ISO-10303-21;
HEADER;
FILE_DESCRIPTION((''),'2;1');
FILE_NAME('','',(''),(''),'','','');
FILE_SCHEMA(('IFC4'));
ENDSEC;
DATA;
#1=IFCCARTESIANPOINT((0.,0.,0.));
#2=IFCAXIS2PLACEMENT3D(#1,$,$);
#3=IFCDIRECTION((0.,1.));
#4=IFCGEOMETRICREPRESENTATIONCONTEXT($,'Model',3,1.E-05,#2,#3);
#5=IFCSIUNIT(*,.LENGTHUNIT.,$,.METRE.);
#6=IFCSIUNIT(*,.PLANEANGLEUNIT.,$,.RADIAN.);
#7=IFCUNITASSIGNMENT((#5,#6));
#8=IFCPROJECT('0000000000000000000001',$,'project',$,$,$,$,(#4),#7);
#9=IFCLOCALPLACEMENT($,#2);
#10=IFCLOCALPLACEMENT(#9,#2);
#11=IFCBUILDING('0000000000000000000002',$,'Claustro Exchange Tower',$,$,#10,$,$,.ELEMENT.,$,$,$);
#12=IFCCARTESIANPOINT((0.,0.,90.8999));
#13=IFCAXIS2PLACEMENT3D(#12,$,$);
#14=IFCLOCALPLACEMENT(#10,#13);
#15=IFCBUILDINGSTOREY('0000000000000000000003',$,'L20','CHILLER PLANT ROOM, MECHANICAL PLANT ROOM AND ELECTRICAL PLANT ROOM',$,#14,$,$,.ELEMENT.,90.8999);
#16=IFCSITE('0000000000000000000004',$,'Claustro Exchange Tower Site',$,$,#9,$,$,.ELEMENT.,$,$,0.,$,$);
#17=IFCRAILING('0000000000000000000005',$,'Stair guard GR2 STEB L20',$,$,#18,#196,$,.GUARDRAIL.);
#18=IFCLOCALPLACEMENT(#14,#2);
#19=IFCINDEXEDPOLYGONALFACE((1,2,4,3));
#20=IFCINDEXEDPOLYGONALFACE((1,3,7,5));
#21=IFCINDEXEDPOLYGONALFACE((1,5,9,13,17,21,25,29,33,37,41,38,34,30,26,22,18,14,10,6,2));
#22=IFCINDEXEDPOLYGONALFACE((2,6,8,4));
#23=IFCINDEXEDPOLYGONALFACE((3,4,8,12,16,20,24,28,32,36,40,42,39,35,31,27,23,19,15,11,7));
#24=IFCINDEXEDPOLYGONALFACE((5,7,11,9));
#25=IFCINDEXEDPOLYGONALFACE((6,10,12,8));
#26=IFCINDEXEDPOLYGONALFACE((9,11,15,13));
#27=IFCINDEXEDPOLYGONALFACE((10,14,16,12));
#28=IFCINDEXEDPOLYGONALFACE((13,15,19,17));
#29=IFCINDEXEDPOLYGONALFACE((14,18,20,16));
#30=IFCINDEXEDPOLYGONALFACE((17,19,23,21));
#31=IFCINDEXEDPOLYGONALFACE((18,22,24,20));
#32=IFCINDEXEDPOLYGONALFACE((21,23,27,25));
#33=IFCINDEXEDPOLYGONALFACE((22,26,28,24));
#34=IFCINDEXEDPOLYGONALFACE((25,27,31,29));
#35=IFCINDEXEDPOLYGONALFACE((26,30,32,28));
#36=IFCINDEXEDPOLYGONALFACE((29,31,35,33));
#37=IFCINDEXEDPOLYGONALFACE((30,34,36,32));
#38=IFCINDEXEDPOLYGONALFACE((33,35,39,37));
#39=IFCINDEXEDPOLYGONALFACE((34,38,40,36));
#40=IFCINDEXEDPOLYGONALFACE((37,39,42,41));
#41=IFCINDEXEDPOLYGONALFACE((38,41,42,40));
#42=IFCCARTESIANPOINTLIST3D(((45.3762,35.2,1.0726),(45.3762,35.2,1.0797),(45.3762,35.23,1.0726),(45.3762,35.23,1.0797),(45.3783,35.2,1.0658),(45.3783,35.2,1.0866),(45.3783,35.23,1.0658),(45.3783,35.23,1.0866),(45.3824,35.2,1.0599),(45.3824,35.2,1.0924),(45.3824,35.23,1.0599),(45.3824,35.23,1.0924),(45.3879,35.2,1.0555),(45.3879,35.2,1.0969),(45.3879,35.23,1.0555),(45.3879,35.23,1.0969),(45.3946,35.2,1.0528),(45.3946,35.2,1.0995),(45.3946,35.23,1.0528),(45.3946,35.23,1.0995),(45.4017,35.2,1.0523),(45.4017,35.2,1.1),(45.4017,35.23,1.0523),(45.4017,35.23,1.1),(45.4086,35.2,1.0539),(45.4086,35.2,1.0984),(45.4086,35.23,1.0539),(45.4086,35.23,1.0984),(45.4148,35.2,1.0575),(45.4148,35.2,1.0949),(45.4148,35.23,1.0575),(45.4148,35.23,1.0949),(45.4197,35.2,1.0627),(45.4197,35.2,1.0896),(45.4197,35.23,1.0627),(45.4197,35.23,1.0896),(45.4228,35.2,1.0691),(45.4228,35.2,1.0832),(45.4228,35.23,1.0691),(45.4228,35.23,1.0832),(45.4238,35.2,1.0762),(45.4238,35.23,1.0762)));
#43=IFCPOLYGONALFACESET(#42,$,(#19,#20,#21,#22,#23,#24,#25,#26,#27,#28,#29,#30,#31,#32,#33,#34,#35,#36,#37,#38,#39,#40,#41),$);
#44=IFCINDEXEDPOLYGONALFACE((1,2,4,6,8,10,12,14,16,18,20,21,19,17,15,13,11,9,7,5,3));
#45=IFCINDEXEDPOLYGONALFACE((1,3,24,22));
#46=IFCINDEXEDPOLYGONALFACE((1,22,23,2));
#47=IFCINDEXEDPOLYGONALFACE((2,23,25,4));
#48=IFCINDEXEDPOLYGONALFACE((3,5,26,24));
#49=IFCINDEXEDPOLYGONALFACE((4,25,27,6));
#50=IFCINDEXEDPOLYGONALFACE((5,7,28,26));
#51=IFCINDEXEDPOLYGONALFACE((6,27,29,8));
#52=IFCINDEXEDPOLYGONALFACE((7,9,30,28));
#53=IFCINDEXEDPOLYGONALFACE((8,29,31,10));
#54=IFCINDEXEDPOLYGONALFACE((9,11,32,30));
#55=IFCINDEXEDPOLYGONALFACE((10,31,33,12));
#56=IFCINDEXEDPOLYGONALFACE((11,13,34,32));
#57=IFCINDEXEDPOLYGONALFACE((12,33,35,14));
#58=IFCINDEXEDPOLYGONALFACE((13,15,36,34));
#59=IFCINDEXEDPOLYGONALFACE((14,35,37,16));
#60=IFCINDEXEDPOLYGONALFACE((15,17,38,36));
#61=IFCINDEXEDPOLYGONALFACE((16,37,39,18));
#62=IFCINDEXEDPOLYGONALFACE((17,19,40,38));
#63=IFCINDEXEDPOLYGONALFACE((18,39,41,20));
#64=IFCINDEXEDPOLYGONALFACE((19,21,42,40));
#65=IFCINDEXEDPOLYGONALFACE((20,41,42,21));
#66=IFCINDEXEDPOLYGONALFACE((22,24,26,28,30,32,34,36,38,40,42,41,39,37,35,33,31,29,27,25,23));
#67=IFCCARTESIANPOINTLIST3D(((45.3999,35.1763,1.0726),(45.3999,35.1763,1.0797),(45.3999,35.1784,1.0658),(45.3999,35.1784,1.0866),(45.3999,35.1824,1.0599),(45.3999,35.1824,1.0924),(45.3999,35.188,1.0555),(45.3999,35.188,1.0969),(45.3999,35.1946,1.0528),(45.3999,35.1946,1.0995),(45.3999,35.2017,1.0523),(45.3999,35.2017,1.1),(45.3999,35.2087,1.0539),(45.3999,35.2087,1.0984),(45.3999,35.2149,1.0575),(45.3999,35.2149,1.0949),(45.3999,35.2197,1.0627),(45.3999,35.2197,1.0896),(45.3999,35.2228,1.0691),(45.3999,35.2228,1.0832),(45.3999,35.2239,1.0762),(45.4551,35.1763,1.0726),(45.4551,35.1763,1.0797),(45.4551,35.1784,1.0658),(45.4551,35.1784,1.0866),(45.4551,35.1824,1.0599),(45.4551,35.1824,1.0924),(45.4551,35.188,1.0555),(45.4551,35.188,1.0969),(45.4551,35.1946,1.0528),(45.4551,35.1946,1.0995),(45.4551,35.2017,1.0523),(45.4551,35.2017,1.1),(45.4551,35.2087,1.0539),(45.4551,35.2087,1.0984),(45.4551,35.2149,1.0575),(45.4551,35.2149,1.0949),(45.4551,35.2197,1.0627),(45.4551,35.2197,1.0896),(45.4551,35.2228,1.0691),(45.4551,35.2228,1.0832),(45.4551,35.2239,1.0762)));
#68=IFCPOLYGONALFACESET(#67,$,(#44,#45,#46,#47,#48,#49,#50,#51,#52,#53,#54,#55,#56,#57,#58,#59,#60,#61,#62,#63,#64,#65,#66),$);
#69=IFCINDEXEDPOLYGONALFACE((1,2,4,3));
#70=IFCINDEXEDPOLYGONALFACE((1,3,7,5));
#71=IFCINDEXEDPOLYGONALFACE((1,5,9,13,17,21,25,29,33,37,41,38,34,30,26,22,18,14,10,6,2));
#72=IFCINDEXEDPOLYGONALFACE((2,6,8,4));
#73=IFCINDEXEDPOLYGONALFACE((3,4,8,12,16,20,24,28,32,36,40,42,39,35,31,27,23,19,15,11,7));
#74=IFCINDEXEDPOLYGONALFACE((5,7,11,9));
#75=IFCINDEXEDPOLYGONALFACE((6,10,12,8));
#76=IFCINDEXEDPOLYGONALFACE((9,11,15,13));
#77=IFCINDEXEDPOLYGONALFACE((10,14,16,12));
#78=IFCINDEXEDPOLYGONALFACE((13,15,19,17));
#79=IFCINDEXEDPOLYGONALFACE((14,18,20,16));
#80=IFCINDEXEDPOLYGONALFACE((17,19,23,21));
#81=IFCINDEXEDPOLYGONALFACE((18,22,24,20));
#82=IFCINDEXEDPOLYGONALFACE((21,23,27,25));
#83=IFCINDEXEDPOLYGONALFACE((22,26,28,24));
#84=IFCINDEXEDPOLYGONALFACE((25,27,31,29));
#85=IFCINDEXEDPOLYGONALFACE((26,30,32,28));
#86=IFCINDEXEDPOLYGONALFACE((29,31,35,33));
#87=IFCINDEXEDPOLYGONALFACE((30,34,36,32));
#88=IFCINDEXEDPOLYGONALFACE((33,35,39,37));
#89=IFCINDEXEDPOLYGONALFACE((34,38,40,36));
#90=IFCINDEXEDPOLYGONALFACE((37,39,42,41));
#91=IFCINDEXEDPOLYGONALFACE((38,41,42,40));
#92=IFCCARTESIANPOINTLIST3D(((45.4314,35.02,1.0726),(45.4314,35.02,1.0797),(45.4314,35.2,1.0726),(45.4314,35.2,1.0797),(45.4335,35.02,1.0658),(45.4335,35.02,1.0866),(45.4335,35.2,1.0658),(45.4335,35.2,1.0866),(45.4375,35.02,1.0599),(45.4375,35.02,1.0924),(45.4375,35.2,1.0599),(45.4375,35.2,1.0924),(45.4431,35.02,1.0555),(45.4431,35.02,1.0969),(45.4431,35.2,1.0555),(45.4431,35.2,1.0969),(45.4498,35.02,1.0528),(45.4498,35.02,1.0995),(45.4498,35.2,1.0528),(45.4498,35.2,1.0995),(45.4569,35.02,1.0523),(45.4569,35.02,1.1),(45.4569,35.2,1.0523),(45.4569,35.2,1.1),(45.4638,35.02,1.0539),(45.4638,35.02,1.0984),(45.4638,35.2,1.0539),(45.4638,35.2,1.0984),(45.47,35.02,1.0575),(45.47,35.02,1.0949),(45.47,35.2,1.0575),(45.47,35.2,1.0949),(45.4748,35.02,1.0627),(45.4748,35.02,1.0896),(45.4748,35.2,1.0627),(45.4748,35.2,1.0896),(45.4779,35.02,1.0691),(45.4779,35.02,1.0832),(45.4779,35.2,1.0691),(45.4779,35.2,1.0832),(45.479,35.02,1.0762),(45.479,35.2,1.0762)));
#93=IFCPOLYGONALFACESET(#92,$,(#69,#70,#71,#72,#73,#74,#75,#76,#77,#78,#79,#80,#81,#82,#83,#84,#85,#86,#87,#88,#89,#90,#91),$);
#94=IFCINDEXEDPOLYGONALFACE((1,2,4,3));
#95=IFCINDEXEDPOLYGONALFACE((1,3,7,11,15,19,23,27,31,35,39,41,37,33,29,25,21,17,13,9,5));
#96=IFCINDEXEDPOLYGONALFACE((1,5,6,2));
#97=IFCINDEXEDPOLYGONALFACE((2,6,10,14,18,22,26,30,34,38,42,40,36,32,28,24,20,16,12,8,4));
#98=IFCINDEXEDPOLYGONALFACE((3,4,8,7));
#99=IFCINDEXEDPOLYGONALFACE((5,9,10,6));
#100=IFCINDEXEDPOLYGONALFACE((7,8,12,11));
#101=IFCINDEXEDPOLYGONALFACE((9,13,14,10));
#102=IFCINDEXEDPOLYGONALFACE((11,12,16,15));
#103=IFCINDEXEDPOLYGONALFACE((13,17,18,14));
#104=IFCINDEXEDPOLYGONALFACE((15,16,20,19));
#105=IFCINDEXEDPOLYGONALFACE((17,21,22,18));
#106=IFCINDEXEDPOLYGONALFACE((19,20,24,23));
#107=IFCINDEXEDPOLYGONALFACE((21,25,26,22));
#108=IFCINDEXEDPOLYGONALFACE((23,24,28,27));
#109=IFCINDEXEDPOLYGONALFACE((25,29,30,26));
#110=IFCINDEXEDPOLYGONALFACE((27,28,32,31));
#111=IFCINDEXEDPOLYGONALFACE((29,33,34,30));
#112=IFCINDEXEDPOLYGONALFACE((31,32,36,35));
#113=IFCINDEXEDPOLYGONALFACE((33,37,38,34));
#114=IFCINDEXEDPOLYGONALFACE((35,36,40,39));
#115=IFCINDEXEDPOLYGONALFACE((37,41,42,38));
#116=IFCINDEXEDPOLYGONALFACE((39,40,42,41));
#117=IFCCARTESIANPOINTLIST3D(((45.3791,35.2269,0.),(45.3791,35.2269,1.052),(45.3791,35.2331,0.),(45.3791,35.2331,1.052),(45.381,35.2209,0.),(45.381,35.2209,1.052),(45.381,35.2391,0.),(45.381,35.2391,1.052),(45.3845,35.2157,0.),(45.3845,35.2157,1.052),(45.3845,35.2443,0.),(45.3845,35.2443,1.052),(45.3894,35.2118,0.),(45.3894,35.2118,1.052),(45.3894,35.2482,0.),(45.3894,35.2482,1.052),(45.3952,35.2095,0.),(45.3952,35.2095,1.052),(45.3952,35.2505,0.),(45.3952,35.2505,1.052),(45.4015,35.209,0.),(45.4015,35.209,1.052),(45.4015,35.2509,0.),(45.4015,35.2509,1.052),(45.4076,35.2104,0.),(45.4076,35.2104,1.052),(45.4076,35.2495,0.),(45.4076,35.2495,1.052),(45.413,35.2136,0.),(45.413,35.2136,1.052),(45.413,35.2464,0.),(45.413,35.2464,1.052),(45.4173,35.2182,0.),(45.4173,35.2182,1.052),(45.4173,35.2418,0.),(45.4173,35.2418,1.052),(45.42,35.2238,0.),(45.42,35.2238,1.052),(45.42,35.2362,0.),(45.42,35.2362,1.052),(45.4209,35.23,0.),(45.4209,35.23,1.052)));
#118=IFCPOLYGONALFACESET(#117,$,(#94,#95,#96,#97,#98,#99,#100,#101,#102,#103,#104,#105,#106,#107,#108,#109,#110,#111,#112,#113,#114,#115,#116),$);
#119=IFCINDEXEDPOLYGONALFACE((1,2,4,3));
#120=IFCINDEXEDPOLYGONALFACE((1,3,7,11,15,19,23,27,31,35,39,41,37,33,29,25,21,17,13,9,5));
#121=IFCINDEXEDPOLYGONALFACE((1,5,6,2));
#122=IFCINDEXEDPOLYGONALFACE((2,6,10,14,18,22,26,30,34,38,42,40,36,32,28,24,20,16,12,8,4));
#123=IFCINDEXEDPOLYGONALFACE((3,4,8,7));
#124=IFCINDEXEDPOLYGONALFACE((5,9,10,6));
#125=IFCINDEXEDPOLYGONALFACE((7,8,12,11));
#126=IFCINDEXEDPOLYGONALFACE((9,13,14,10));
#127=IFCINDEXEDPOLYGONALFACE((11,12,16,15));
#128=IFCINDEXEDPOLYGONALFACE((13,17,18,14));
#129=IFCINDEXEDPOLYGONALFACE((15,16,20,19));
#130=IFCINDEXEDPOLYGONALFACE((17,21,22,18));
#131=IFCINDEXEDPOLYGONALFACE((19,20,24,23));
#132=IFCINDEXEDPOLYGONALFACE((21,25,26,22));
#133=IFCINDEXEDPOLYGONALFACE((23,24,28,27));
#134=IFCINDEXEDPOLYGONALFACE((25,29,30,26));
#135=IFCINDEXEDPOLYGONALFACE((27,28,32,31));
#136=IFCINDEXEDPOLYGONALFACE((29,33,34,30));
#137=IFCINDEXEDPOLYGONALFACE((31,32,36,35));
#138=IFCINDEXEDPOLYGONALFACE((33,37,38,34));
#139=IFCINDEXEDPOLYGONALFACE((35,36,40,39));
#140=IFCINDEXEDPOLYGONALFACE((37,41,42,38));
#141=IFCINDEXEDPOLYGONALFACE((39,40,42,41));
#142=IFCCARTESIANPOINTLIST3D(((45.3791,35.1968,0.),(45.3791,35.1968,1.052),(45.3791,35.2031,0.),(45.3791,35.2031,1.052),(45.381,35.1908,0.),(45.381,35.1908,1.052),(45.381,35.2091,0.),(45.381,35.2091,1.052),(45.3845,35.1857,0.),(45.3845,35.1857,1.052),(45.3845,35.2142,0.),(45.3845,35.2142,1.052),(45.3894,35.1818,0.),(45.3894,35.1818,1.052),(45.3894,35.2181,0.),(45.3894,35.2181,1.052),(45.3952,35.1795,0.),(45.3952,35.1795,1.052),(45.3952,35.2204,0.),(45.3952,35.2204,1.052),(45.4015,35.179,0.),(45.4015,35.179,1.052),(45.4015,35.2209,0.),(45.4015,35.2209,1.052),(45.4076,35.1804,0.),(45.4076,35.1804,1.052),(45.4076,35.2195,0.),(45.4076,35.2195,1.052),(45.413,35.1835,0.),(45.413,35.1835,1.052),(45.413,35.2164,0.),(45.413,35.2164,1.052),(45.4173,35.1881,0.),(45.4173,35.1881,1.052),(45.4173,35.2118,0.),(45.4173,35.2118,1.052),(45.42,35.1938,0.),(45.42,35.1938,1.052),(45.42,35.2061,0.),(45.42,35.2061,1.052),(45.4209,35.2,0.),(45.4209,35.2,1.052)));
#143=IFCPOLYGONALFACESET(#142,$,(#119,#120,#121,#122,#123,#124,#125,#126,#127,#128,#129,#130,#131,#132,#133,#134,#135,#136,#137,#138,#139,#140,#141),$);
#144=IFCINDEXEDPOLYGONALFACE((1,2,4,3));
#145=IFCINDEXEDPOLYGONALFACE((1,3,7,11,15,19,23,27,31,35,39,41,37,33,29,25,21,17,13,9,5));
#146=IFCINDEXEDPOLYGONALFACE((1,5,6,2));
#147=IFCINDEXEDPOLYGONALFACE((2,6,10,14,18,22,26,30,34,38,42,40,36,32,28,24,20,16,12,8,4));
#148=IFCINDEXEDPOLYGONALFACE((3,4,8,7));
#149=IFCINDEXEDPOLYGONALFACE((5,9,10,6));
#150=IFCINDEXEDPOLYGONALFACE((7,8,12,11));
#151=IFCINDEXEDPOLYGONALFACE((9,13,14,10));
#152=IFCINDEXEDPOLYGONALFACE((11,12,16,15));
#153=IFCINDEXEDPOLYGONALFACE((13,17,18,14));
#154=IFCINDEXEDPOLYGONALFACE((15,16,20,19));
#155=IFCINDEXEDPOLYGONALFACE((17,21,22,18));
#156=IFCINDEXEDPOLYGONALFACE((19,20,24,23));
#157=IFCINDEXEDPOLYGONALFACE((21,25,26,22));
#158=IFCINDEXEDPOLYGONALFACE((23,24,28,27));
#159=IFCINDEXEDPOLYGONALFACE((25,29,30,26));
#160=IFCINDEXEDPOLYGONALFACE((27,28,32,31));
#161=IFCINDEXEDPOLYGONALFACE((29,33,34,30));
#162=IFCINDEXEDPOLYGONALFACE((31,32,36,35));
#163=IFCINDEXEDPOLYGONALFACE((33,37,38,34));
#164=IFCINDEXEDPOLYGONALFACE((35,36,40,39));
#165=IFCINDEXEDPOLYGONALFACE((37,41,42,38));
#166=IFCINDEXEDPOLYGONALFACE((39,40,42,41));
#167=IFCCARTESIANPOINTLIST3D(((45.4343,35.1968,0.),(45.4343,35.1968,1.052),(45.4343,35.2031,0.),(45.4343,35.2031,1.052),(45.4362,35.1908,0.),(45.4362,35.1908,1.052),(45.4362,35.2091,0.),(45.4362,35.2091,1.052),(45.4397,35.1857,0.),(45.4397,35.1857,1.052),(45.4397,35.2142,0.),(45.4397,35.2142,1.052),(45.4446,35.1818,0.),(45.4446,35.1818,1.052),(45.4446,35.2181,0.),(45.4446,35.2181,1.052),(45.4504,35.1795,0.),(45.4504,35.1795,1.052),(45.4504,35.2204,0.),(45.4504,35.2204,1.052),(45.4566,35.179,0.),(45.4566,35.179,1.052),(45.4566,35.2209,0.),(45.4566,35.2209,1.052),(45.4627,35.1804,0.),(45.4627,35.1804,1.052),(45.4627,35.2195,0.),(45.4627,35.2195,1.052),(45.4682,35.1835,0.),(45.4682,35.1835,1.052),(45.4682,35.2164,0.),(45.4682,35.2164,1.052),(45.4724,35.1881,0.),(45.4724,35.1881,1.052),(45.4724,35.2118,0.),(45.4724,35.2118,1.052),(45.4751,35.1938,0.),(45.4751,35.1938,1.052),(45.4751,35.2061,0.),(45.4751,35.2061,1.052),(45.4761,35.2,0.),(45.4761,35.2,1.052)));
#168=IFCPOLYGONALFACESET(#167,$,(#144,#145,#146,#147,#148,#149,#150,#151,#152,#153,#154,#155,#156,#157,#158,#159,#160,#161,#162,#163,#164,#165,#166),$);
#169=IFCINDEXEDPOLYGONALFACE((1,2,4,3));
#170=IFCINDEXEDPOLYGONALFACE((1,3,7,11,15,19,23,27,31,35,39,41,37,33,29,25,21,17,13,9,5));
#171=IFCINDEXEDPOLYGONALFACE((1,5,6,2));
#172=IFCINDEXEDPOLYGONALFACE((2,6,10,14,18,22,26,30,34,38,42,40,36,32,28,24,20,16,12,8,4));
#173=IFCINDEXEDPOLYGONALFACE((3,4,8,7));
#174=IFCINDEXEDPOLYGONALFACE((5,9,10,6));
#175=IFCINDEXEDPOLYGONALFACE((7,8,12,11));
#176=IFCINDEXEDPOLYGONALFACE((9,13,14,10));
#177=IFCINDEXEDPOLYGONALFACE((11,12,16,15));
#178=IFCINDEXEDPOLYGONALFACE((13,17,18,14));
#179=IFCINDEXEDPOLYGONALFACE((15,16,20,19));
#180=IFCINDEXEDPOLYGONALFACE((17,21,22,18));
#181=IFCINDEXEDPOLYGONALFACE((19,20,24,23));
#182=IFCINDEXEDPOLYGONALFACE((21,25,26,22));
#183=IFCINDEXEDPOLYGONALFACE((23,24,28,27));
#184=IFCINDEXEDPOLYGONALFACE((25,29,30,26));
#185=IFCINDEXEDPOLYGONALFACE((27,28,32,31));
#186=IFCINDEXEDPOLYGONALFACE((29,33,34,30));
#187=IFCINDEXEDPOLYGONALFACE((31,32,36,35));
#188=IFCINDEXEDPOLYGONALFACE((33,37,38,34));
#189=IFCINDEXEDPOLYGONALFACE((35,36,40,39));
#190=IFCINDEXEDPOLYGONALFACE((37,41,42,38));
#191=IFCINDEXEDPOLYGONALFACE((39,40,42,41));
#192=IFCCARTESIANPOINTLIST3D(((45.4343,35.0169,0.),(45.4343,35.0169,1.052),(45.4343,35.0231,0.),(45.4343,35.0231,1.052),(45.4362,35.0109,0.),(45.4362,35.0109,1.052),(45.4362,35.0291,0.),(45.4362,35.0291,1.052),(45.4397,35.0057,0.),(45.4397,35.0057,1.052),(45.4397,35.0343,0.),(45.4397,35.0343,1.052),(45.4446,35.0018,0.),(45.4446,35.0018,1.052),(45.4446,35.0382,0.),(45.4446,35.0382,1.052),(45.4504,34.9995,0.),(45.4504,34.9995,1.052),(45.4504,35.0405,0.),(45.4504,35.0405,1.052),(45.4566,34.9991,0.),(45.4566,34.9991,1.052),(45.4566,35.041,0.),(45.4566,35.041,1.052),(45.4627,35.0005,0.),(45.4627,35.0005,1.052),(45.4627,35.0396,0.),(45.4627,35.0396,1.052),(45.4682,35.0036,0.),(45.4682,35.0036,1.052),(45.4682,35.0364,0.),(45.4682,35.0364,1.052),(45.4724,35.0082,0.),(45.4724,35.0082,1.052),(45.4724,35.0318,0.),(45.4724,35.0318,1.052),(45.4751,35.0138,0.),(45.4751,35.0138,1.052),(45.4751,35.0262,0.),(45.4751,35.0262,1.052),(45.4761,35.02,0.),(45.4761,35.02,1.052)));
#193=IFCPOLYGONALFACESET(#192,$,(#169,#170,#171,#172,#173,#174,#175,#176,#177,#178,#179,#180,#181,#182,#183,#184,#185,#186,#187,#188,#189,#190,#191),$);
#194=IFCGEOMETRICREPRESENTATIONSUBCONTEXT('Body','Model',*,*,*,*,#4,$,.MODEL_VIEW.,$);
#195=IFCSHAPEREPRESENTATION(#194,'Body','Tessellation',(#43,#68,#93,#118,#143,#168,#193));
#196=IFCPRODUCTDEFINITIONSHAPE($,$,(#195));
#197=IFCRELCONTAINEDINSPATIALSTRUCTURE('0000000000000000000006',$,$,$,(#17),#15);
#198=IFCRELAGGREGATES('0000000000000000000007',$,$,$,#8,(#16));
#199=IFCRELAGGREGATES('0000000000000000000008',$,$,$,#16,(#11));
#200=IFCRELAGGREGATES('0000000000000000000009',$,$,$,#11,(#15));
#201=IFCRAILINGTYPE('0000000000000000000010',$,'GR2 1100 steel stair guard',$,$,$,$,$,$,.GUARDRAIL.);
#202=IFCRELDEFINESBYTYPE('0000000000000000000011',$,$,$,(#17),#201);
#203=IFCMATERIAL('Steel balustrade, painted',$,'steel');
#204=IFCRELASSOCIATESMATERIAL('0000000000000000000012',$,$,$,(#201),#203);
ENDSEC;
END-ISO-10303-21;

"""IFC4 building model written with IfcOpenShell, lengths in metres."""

from ifc_helpers import new_model, si_unit, direction, frame, origin, origin_2d, place, context, subcontext, project, spatial, circle, extrude, material, type_object, element, save


model = new_model("IFC4")

# Units and contexts
model_context = context("Model", 3, precision=1e-05, world=origin(), true_north=direction((0.0, 1.0)))
body_context = subcontext(model_context, "Body", "Model", "MODEL_VIEW")
ifc_project = project(units=[si_unit("LENGTHUNIT", "METRE"), si_unit("PLANEANGLEUNIT", "RADIAN")], contexts=[model_context])

# Site, building, storey
site_placement = place(None, origin())
site = spatial("IfcSite", under=ifc_project, at=site_placement, Name="Claustro Exchange Tower Site", CompositionType="ELEMENT", RefElevation=0.0)
building_placement = place(site_placement, origin())
building = spatial("IfcBuilding", under=site, at=building_placement, Name="Claustro Exchange Tower", CompositionType="ELEMENT")
storey_placement = place(building_placement, frame((0.0, 0.0, 90.8999)))
storey = spatial("IfcBuildingStorey", under=building, at=storey_placement, Name="L20", Description="CHILLER PLANT ROOM, MECHANICAL PLANT ROOM AND ELECTRICAL PLANT ROOM", CompositionType="ELEMENT", Elevation=90.8999)

# Railing
ifc_material_1 = material(Name="Steel balustrade, painted", Category="steel")
railing_type_1 = type_object("IfcRailingType", Name="GR2 1100 steel stair guard", PredefinedType="GUARDRAIL", material=ifc_material_1)
railing_1_placement = place(storey_placement, frame((45.3999, 35.23, 0.0)))
element("IfcRailing", 1, at=railing_1_placement, inside=storey, type_object=railing_type_1, Name="Stair guard GR2 STEB L20", PredefinedType="GUARDRAIL", context=body_context, shape_type="SweptSolid", body=[
    extrude(circle(Radius=0.0239, at=origin_2d()), frame((0.0, 0.0, 1.0762), z_axis=(0.0, -1.0, 0.0), x_axis=(1.0, 0.0, 0.0)), (0.0, 0.0, 1.0), 0.03),
    extrude(circle(Radius=0.0239, at=origin_2d()), frame((0.0, -0.03, 1.0762), z_axis=(1.0, 0.0, 0.0), x_axis=(0.0, 1.0, 0.0)), (0.0, 0.0, 1.0), 0.0552),
    extrude(circle(Radius=0.0239, at=origin_2d()), frame((0.0552, -0.03, 1.0762), z_axis=(0.0, -1.0, 0.0), x_axis=(1.0, 0.0, 0.0)), (0.0, 0.0, 1.0), 0.1799),
    extrude(circle(Radius=0.021, at=origin_2d()), origin(), (0.0, 0.0, 1.0), 1.052),
    extrude(circle(Radius=0.021, at=origin_2d()), frame((0.0, -0.03, 0.0)), (0.0, 0.0, 1.0), 1.052),
    extrude(circle(Radius=0.021, at=origin_2d()), frame((0.0552, -0.03, 0.0)), (0.0, 0.0, 1.0), 1.052),
    extrude(circle(Radius=0.021, at=origin_2d()), frame((0.0552, -0.21, 0.0)), (0.0, 0.0, 1.0), 1.052),
])

save(model, "model.ifc")
